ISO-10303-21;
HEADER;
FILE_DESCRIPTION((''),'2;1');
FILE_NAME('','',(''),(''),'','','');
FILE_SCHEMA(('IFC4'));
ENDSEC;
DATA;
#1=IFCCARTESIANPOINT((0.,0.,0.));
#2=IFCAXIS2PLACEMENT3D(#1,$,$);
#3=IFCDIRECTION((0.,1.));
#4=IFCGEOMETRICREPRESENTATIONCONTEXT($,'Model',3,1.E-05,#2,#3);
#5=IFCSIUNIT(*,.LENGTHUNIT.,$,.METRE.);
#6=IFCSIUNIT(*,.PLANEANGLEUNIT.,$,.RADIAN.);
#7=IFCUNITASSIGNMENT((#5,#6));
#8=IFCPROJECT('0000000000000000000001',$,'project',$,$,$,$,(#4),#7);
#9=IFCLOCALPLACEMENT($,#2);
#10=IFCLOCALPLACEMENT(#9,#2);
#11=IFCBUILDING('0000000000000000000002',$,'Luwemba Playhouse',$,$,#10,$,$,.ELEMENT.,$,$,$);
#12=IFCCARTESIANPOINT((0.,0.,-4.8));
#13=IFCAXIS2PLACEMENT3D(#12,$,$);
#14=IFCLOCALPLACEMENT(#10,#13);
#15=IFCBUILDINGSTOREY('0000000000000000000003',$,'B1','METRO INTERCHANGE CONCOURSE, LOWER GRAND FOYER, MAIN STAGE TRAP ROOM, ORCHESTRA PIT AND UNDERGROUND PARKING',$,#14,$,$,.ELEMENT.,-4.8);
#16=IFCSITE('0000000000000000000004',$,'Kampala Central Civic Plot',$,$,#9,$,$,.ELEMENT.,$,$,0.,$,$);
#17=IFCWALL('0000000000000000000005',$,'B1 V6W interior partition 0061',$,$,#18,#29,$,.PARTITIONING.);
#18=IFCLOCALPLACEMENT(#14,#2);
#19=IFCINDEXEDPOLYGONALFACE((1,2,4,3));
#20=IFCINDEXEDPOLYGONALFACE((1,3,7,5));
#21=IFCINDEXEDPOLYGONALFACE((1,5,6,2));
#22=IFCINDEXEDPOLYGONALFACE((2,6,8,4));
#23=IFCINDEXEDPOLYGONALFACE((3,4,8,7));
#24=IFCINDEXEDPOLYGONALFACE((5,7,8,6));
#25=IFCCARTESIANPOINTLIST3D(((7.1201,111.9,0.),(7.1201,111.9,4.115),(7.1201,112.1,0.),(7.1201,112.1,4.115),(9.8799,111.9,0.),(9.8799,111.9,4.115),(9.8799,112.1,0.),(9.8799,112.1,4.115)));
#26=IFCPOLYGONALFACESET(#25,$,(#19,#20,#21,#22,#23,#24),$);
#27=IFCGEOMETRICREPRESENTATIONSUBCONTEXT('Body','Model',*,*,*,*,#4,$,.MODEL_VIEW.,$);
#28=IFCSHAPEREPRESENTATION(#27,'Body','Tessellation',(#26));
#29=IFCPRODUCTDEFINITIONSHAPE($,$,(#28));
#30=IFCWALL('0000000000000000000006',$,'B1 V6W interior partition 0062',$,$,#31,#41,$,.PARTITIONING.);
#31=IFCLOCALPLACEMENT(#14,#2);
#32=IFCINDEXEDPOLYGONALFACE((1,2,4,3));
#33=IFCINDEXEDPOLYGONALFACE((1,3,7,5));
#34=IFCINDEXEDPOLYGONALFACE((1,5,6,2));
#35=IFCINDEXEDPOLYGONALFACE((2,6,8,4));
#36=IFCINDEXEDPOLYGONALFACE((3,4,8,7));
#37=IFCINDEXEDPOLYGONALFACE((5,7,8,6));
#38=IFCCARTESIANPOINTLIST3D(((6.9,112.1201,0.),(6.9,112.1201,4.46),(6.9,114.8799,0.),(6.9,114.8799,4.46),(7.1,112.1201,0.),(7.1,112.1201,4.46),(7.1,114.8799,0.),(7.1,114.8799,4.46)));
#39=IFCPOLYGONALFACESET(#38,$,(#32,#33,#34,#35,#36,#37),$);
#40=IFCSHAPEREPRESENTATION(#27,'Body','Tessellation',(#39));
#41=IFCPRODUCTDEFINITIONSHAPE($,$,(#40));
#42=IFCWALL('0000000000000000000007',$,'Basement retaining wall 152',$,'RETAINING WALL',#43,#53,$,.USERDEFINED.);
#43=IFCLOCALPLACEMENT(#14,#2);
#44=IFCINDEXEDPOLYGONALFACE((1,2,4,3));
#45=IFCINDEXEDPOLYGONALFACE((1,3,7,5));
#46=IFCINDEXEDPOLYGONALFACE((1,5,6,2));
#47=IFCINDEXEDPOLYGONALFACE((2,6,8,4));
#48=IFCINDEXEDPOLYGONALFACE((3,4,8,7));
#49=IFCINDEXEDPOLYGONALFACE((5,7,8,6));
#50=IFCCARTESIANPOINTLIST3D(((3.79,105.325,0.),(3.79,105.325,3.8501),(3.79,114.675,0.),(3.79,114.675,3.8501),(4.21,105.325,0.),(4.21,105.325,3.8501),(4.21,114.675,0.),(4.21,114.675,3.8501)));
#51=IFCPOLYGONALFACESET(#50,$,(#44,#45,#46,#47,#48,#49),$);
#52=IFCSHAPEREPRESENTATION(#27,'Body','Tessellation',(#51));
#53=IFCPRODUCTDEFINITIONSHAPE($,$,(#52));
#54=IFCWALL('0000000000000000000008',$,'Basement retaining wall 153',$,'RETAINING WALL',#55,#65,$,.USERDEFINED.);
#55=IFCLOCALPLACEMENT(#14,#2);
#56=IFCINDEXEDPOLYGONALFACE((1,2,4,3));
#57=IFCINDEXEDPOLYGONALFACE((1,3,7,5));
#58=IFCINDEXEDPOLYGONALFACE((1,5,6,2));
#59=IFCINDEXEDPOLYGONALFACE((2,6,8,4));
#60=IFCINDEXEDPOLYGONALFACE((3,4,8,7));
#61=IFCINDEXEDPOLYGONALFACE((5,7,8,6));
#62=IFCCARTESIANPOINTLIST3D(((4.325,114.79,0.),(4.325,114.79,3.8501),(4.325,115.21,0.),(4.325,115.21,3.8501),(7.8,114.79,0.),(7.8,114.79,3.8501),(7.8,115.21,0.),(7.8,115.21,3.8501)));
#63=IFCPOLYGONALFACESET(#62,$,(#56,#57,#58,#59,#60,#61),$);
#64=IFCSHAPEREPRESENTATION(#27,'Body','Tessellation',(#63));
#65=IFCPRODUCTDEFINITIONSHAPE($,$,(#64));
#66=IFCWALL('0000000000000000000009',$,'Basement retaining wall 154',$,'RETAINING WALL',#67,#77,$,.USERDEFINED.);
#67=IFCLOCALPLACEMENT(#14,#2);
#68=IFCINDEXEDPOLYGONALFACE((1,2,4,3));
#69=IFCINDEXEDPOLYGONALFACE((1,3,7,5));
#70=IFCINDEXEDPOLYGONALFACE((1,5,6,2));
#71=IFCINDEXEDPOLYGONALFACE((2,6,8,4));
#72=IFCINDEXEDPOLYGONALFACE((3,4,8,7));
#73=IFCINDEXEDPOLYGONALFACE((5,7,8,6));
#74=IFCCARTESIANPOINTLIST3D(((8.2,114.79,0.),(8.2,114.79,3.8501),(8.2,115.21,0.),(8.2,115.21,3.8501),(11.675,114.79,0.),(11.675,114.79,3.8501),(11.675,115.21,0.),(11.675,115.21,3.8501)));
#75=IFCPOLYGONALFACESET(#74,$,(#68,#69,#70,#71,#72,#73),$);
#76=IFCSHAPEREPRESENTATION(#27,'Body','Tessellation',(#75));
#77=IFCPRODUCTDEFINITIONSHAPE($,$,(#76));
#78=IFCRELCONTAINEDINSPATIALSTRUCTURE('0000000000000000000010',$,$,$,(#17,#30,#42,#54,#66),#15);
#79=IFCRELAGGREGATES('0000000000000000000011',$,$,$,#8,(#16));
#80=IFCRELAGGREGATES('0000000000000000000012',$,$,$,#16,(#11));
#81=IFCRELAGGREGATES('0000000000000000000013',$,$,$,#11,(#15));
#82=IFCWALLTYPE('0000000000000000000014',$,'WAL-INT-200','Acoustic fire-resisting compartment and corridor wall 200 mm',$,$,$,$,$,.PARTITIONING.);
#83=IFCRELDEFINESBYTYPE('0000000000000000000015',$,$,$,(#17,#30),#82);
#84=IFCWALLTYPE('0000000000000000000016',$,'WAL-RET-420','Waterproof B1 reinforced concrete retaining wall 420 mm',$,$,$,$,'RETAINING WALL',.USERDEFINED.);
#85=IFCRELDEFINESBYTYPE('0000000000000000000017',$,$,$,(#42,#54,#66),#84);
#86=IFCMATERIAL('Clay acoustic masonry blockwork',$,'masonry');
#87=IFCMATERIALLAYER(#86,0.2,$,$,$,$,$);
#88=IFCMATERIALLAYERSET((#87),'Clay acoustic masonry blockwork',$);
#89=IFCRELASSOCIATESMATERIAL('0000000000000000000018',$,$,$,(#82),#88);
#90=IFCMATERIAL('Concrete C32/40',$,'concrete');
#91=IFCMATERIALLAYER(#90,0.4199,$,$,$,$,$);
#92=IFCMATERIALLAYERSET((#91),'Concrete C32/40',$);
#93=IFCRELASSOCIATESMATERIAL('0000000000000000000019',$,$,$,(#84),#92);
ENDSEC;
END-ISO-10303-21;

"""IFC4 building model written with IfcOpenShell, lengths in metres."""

from ifc_helpers import new_model, si_unit, direction, frame, frame_2d, origin, place, context, subcontext, project, spatial, rectangle, extrude, material, layer, layer_set, type_object, element, save


model = new_model("IFC4")

# Units and contexts
model_context = context("Model", 3, precision=1e-05, world=origin(), true_north=direction((0.0, 1.0)))
body_context = subcontext(model_context, "Body", "Model", "MODEL_VIEW")
ifc_project = project(units=[si_unit("LENGTHUNIT", "METRE"), si_unit("PLANEANGLEUNIT", "RADIAN")], contexts=[model_context])

# Site, building, storey
site_placement = place(None, origin())
site = spatial("IfcSite", under=ifc_project, at=site_placement, Name="Kampala Central Civic Plot", CompositionType="ELEMENT", RefElevation=0.0)
building_placement = place(site_placement, origin())
building = spatial("IfcBuilding", under=site, at=building_placement, Name="Luwemba Playhouse", CompositionType="ELEMENT")
storey_placement = place(building_placement, frame((0.0, 0.0, -4.8)))
storey = spatial("IfcBuildingStorey", under=building, at=storey_placement, Name="B1", Description="METRO INTERCHANGE CONCOURSE, LOWER GRAND FOYER, MAIN STAGE TRAP ROOM, ORCHESTRA PIT AND UNDERGROUND PARKING", CompositionType="ELEMENT", Elevation=-4.8)

# Shared definitions
ifc_material_1 = material(Name="Concrete C32/40", Category="concrete")

# Shared definitions
ifc_material_2 = material(Name="Clay acoustic masonry blockwork", Category="masonry")
ifc_layer_1 = layer(ifc_material_2, 0.2)
ifc_layer_set_1 = layer_set([ifc_layer_1], Name="Clay acoustic masonry blockwork")
wall_type_1 = type_object("IfcWallType", Name="WAL-INT-200", Description="Acoustic fire-resisting compartment and corridor wall 200 mm", PredefinedType="PARTITIONING", material=ifc_layer_set_1)

# Walls
wall_1_placement = place(storey_placement, frame((7.1201, 112.0, 0.0), z_axis=(0.0, 0.0, 1.0), x_axis=(1.0, 0.0, 0.0)))
element("IfcWall", 1, at=wall_1_placement, inside=storey, type_object=wall_type_1, Name="B1 V6W interior partition 0061", PredefinedType="PARTITIONING", context=body_context, shape_type="SweptSolid", body=[
    extrude(rectangle(XDim=2.7598, YDim=0.2, at=frame_2d((1.3799, 0.0))), origin(), (0.0, 0.0, 1.0), 4.115),
])
wall_2_placement = place(storey_placement, frame((7.0, 112.1201, 0.0), z_axis=(0.0, 0.0, 1.0), x_axis=(0.0, 1.0, 0.0)))
element("IfcWall", 2, at=wall_2_placement, inside=storey, type_object=wall_type_1, Name="B1 V6W interior partition 0062", PredefinedType="PARTITIONING", context=body_context, shape_type="SweptSolid", body=[
    extrude(rectangle(XDim=2.7598, YDim=0.2, at=frame_2d((1.3799, 0.0))), origin(), (0.0, 0.0, 1.0), 4.46),
])
ifc_layer_2 = layer(ifc_material_1, 0.4199)
ifc_layer_set_2 = layer_set([ifc_layer_2], Name="Concrete C32/40")
wall_type_2 = type_object("IfcWallType", Name="WAL-RET-420", Description="Waterproof B1 reinforced concrete retaining wall 420 mm", ElementType="RETAINING WALL", PredefinedType="USERDEFINED", material=ifc_layer_set_2)
wall_3_placement = place(storey_placement, frame((4.0, 105.325, 0.0), z_axis=(0.0, 0.0, 1.0), x_axis=(0.0, 1.0, 0.0)))
element("IfcWall", 3, at=wall_3_placement, inside=storey, type_object=wall_type_2, Name="Basement retaining wall 152", ObjectType="RETAINING WALL", PredefinedType="USERDEFINED", context=body_context, shape_type="SweptSolid", body=[
    extrude(rectangle(XDim=9.3501, YDim=0.4199, at=frame_2d((4.675, 0.0))), origin(), (0.0, 0.0, 1.0), 3.8501),
])
for number, where, z_axis, x_axis, name in (
    (4, (4.325, 115.0, 0.0), (0.0, 0.0, 1.0), (1.0, 0.0, 0.0), "Basement retaining wall 153"),
    (5, (8.2, 115.0, 0.0), (0.0, 0.0, 1.0), (1.0, 0.0, 0.0), "Basement retaining wall 154"),
):
    element("IfcWall", number, at=place(storey_placement, frame(where, z_axis=z_axis, x_axis=x_axis)), inside=storey, type_object=wall_type_2, Name=name, ObjectType="RETAINING WALL", PredefinedType="USERDEFINED", context=body_context, shape_type="SweptSolid", body=[
        extrude(rectangle(XDim=3.4751, YDim=0.4199, at=frame_2d((1.7375, 0.0))), origin(), (0.0, 0.0, 1.0), 3.8501),
    ])

save(model, "model.ifc")
